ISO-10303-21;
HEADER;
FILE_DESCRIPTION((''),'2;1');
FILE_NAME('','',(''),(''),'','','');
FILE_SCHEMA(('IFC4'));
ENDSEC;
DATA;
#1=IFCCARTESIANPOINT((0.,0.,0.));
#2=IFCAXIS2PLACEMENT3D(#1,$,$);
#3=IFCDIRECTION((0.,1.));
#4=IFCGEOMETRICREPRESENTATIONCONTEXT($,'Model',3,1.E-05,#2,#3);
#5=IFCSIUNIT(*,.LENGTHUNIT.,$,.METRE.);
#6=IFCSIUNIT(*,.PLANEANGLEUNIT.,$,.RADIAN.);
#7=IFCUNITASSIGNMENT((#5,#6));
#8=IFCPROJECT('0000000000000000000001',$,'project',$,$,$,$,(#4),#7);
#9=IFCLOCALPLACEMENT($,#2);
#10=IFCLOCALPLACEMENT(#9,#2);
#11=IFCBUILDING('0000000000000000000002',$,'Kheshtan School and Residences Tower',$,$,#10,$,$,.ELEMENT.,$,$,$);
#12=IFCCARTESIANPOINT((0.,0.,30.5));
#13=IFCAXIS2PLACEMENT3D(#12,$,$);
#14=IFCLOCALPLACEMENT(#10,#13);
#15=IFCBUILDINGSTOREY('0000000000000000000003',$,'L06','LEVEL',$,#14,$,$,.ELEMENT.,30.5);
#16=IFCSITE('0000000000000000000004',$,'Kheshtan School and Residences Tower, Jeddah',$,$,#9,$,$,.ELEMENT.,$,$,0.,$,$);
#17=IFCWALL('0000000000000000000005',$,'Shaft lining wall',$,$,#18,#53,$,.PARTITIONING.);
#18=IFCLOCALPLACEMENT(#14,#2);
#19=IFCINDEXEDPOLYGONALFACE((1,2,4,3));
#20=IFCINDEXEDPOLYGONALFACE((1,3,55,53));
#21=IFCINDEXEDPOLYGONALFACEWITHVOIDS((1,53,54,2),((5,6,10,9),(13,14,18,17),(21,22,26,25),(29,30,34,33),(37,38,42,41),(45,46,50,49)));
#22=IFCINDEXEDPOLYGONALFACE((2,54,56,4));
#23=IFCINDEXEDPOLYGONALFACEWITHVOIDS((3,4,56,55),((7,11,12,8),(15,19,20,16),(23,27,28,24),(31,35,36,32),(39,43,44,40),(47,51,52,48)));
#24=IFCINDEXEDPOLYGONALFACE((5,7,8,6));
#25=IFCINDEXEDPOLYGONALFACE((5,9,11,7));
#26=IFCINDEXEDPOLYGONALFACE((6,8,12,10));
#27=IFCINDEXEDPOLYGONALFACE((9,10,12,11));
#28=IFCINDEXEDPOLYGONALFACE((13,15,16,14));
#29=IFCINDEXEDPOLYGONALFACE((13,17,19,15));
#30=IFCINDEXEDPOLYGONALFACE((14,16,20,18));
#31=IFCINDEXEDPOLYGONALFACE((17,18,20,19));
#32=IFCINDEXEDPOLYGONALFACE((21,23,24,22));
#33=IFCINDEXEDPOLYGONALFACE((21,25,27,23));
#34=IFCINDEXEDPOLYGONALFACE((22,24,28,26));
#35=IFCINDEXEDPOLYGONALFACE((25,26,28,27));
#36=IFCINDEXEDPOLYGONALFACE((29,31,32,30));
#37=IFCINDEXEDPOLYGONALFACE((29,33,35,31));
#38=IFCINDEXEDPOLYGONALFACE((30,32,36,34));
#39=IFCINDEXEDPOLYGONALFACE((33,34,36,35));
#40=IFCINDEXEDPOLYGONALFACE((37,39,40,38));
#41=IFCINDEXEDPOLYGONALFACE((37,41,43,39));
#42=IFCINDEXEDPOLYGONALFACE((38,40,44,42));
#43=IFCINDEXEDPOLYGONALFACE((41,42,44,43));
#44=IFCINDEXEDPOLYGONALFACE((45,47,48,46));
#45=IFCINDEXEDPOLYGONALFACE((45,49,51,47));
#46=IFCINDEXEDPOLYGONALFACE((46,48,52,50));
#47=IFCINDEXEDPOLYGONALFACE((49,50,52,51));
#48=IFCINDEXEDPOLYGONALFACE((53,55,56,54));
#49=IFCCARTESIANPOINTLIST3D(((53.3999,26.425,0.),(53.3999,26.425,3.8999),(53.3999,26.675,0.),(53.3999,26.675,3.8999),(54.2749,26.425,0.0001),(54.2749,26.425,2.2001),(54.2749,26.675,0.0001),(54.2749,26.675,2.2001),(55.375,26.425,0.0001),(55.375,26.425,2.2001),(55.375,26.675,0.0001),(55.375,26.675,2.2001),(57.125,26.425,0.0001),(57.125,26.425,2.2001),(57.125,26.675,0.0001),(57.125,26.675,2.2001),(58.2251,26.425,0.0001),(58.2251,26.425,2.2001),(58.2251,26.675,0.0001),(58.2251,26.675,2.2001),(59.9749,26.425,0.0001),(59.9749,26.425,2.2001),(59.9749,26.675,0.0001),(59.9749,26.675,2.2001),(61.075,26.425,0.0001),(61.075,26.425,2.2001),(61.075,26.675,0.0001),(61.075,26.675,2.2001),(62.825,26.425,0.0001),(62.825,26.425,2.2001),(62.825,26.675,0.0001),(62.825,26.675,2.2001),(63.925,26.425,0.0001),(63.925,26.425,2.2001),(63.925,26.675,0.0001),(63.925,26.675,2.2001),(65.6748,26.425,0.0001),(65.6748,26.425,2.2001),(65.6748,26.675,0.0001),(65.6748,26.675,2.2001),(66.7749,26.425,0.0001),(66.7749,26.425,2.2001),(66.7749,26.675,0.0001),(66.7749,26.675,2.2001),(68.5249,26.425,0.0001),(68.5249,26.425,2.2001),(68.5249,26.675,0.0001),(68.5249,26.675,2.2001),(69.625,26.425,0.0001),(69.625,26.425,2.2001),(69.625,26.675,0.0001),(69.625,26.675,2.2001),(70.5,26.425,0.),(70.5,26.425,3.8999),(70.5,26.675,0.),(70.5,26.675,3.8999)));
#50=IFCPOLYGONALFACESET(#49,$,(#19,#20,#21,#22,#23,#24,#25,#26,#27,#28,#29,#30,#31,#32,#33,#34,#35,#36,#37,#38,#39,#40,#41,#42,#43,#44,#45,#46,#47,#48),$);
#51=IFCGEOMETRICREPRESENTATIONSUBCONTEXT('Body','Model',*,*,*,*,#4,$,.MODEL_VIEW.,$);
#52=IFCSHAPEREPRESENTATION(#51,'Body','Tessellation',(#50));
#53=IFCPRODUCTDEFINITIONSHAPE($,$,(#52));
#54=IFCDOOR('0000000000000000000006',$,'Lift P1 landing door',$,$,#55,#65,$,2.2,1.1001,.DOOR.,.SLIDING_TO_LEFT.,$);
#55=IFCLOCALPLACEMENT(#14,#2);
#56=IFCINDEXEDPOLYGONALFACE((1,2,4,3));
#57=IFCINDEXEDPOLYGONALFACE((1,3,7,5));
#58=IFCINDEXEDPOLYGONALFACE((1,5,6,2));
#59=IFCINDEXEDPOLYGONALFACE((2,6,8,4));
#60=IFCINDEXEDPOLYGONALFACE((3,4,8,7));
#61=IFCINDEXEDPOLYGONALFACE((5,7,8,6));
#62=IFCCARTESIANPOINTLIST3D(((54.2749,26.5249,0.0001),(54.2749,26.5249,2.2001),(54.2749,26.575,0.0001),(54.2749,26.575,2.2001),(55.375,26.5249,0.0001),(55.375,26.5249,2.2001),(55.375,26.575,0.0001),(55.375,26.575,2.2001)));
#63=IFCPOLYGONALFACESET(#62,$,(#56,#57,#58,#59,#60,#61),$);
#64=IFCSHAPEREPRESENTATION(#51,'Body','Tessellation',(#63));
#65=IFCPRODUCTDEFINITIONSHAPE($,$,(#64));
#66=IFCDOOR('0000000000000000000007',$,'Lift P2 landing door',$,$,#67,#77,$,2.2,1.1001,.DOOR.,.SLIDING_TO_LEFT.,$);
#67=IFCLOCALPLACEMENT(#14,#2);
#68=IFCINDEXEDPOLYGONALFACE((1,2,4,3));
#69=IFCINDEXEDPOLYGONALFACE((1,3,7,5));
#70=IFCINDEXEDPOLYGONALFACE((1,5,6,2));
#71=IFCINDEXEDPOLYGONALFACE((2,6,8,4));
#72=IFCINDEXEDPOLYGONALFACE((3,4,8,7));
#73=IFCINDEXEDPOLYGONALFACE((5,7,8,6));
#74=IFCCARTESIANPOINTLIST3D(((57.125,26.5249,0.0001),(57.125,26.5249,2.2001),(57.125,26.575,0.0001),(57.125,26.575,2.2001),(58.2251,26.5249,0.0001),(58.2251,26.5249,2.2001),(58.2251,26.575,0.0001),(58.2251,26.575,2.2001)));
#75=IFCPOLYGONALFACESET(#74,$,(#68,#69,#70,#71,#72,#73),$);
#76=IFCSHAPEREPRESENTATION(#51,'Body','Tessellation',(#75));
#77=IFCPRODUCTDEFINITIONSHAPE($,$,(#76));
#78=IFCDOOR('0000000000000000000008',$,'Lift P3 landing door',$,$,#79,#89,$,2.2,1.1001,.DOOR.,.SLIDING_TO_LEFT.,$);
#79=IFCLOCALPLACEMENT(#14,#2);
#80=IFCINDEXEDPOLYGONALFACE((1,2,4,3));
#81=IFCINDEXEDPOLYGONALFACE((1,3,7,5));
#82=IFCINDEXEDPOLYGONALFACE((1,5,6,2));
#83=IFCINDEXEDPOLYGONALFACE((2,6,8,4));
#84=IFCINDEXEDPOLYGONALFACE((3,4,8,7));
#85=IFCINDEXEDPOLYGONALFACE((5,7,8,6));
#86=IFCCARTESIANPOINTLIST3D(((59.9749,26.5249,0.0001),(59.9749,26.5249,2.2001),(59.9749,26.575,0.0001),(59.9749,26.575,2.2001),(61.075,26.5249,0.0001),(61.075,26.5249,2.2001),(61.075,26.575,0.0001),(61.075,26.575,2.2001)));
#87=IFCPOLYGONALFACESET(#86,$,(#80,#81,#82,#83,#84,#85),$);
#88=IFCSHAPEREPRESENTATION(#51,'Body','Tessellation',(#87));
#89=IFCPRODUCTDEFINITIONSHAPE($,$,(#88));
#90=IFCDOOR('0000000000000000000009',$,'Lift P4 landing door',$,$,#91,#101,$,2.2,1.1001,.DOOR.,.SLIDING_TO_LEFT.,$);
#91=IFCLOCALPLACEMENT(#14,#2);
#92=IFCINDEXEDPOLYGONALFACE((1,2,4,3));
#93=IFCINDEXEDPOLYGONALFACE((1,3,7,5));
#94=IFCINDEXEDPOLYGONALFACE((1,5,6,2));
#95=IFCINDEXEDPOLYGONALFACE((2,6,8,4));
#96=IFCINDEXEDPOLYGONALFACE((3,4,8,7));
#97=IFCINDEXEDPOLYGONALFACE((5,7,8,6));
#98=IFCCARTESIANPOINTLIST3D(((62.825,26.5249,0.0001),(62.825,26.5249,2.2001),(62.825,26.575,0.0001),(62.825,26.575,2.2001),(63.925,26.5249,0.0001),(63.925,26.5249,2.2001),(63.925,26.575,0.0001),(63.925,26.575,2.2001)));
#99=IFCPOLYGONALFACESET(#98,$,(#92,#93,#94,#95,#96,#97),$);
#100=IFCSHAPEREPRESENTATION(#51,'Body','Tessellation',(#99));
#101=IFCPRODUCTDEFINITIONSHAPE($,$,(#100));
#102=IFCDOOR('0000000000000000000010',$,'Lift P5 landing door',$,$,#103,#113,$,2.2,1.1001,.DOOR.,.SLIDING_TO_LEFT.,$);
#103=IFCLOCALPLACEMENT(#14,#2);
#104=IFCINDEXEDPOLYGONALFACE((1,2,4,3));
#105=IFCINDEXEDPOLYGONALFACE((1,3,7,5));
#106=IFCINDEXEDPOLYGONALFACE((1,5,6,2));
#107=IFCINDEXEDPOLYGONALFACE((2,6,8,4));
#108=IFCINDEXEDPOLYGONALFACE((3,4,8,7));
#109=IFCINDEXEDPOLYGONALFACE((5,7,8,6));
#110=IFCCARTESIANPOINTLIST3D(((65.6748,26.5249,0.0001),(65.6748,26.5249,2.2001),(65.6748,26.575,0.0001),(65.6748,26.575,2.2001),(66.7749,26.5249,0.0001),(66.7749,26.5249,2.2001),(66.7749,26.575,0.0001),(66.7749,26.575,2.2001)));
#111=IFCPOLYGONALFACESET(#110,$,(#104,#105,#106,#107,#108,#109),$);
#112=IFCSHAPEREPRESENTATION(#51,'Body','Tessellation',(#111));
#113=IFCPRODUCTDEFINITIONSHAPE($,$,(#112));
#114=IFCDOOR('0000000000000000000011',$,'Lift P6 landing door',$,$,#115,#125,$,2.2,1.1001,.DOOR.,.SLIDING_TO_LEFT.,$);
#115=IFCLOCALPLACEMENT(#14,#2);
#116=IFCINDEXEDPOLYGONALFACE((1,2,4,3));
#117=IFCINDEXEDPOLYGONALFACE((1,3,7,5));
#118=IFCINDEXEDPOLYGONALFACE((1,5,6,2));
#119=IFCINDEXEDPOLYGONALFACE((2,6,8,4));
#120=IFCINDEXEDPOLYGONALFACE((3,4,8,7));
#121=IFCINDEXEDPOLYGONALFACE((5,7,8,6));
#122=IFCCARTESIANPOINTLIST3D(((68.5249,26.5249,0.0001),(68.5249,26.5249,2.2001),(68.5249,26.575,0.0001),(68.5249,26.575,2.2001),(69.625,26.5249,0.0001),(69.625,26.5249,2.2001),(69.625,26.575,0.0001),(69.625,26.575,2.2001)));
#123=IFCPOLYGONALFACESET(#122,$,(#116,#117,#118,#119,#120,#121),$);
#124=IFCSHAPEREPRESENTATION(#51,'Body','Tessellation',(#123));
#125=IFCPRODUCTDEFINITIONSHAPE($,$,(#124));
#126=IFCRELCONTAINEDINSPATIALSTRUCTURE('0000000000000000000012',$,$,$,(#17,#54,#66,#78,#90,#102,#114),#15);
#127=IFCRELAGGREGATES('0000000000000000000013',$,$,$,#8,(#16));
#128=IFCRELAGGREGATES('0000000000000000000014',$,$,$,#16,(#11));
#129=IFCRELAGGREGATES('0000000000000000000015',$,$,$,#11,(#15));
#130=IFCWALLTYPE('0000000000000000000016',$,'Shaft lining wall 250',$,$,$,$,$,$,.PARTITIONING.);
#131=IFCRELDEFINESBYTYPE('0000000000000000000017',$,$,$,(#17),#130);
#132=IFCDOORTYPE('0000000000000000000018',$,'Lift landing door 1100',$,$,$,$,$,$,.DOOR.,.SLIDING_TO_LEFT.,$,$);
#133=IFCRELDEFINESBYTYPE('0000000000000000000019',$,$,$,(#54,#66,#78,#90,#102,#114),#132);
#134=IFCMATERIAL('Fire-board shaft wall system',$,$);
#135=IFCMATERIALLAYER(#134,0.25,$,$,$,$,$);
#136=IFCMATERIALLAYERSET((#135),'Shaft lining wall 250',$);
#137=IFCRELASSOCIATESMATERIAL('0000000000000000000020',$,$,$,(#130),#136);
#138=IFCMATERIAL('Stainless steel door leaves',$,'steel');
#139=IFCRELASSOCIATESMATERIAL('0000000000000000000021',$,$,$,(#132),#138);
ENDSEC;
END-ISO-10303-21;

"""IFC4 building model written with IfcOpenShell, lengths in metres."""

from ifc_helpers import new_model, si_unit, direction, frame, frame_2d, origin, place, context, subcontext, project, spatial, rectangle, extrude, source, transform, mapped, material, layer, layer_set, type_object, element, fill, save


model = new_model("IFC4")

# Units and contexts
model_context = context("Model", 3, precision=1e-05, world=origin(), true_north=direction((0.0, 1.0)))
body_context = subcontext(model_context, "Body", "Model", "MODEL_VIEW")
ifc_project = project(units=[si_unit("LENGTHUNIT", "METRE"), si_unit("PLANEANGLEUNIT", "RADIAN")], contexts=[model_context])

# Site, building, storey
site_placement = place(None, origin())
site = spatial("IfcSite", under=ifc_project, at=site_placement, Name="Kheshtan School and Residences Tower, Jeddah", CompositionType="ELEMENT", RefElevation=0.0)
building_placement = place(site_placement, origin())
building = spatial("IfcBuilding", under=site, at=building_placement, Name="Kheshtan School and Residences Tower", CompositionType="ELEMENT")
storey_placement = place(building_placement, frame((0.0, 0.0, 30.5)))
storey = spatial("IfcBuildingStorey", under=building, at=storey_placement, Name="L06", Description="LEVEL", CompositionType="ELEMENT", Elevation=30.5)

# Shared definitions
ifc_material_1 = material(Name="Fire-board shaft wall system")
ifc_layer_1 = layer(ifc_material_1, 0.25)
ifc_layer_set_1 = layer_set([ifc_layer_1], Name="Shaft lining wall 250")
wall_type_1 = type_object("IfcWallType", Name="Shaft lining wall 250", PredefinedType="PARTITIONING", material=ifc_layer_set_1)

# Wall, openings, doors
wall_1_placement = place(storey_placement, frame((53.3999, 26.55, 0.0), z_axis=(0.0, 0.0, 1.0), x_axis=(1.0, 0.0, 0.0)))
wall_1 = element("IfcWall", 1, at=wall_1_placement, inside=storey, type_object=wall_type_1, Name="Shaft lining wall", PredefinedType="PARTITIONING", context=body_context, shape_type="SweptSolid", body=[
    extrude(rectangle(XDim=17.1001, YDim=0.25, at=frame_2d((8.55, 0.0))), origin(), (0.0, 0.0, 1.0), 3.8999),
])
opening_1_placement = place(wall_1_placement, frame((0.875, 0.0, 0.0)))
opening_1 = element("IfcOpeningElement", 2, at=opening_1_placement, cuts=wall_1, PredefinedType="OPENING", context=body_context, shape_type="SweptSolid", body=[
    extrude(rectangle(XDim=1.1001, YDim=2.2, at=frame_2d((0.55, 1.1001))), frame((0.0, 0.135, 0.0), z_axis=(0.0, -1.0, 0.0), x_axis=(1.0, 0.0, 0.0)), (0.0, 0.0, 1.0), 0.27),
])
opening_2_placement = place(wall_1_placement, frame((3.7251, 0.0, 0.0)))
opening_2 = element("IfcOpeningElement", 3, at=opening_2_placement, cuts=wall_1, PredefinedType="OPENING", context=body_context, shape_type="SweptSolid", body=[
    extrude(rectangle(XDim=1.1001, YDim=2.2, at=frame_2d((0.55, 1.1001))), frame((0.0, 0.135, 0.0), z_axis=(0.0, -1.0, 0.0), x_axis=(1.0, 0.0, 0.0)), (0.0, 0.0, 1.0), 0.27),
])
opening_3_placement = place(wall_1_placement, frame((6.575, 0.0, 0.0)))
opening_3 = element("IfcOpeningElement", 4, at=opening_3_placement, cuts=wall_1, PredefinedType="OPENING", context=body_context, shape_type="SweptSolid", body=[
    extrude(rectangle(XDim=1.1001, YDim=2.2, at=frame_2d((0.55, 1.1001))), frame((0.0, 0.135, 0.0), z_axis=(0.0, -1.0, 0.0), x_axis=(1.0, 0.0, 0.0)), (0.0, 0.0, 1.0), 0.27),
])
opening_4_placement = place(wall_1_placement, frame((9.425, 0.0, 0.0)))
opening_4 = element("IfcOpeningElement", 5, at=opening_4_placement, cuts=wall_1, PredefinedType="OPENING", context=body_context, shape_type="SweptSolid", body=[
    extrude(rectangle(XDim=1.1001, YDim=2.2, at=frame_2d((0.55, 1.1001))), frame((0.0, 0.135, 0.0), z_axis=(0.0, -1.0, 0.0), x_axis=(1.0, 0.0, 0.0)), (0.0, 0.0, 1.0), 0.27),
])
opening_5_placement = place(wall_1_placement, frame((12.2749, 0.0, 0.0)))
opening_5 = element("IfcOpeningElement", 6, at=opening_5_placement, cuts=wall_1, PredefinedType="OPENING", context=body_context, shape_type="SweptSolid", body=[
    extrude(rectangle(XDim=1.1001, YDim=2.2, at=frame_2d((0.55, 1.1001))), frame((0.0, 0.135, 0.0), z_axis=(0.0, -1.0, 0.0), x_axis=(1.0, 0.0, 0.0)), (0.0, 0.0, 1.0), 0.27),
])
opening_6_placement = place(wall_1_placement, frame((15.125, 0.0, 0.0)))
opening_6 = element("IfcOpeningElement", 7, at=opening_6_placement, cuts=wall_1, PredefinedType="OPENING", context=body_context, shape_type="SweptSolid", body=[
    extrude(rectangle(XDim=1.1001, YDim=2.2, at=frame_2d((0.55, 1.1001))), frame((0.0, 0.135, 0.0), z_axis=(0.0, -1.0, 0.0), x_axis=(1.0, 0.0, 0.0)), (0.0, 0.0, 1.0), 0.27),
])
ifc_material_2 = material(Name="Stainless steel door leaves", Category="steel")
door_type_1 = type_object("IfcDoorType", Name="Lift landing door 1100", OperationType="SLIDING_TO_LEFT", PredefinedType="DOOR", material=ifc_material_2)
shared_shape_1 = source(origin(), body_context, "Body", "SweptSolid", [
    extrude(rectangle(XDim=1.1001, YDim=2.2, at=frame_2d((0.55, 1.1001))), frame((0.0, 0.0249, 0.0), z_axis=(0.0, -1.0, 0.0), x_axis=(1.0, 0.0, 0.0)), (0.0, 0.0, 1.0), 0.05),
])
door_1_placement = place(opening_1_placement, origin())
door_1 = element("IfcDoor", 8, at=door_1_placement, inside=storey, type_object=door_type_1, Name="Lift P1 landing door", OperationType="SLIDING_TO_LEFT", OverallHeight=2.2, OverallWidth=1.1001, PredefinedType="DOOR", context=body_context, shape_type="MappedRepresentation", body=[
    mapped(shared_shape_1, transform((0.0, 0.0, 0.0), x_axis=(1.0, 0.0, 0.0), y_axis=(0.0, 1.0, 0.0), z_axis=(0.0, 0.0, 1.0), scale=1.0)),
])
fill(opening_1, door_1)
door_2_placement = place(opening_2_placement, origin())
door_2 = element("IfcDoor", 9, at=door_2_placement, inside=storey, type_object=door_type_1, Name="Lift P2 landing door", OperationType="SLIDING_TO_LEFT", OverallHeight=2.2, OverallWidth=1.1001, PredefinedType="DOOR", context=body_context, shape_type="MappedRepresentation", body=[
    mapped(shared_shape_1, transform((0.0, 0.0, 0.0), x_axis=(1.0, 0.0, 0.0), y_axis=(0.0, 1.0, 0.0), z_axis=(0.0, 0.0, 1.0), scale=1.0)),
])
fill(opening_2, door_2)
door_3_placement = place(opening_3_placement, origin())
door_3 = element("IfcDoor", 10, at=door_3_placement, inside=storey, type_object=door_type_1, Name="Lift P3 landing door", OperationType="SLIDING_TO_LEFT", OverallHeight=2.2, OverallWidth=1.1001, PredefinedType="DOOR", context=body_context, shape_type="MappedRepresentation", body=[
    mapped(shared_shape_1, transform((0.0, 0.0, 0.0), x_axis=(1.0, 0.0, 0.0), y_axis=(0.0, 1.0, 0.0), z_axis=(0.0, 0.0, 1.0), scale=1.0)),
])
fill(opening_3, door_3)
door_4_placement = place(opening_4_placement, origin())
door_4 = element("IfcDoor", 11, at=door_4_placement, inside=storey, type_object=door_type_1, Name="Lift P4 landing door", OperationType="SLIDING_TO_LEFT", OverallHeight=2.2, OverallWidth=1.1001, PredefinedType="DOOR", context=body_context, shape_type="MappedRepresentation", body=[
    mapped(shared_shape_1, transform((0.0, 0.0, 0.0), x_axis=(1.0, 0.0, 0.0), y_axis=(0.0, 1.0, 0.0), z_axis=(0.0, 0.0, 1.0), scale=1.0)),
])
fill(opening_4, door_4)
door_5_placement = place(opening_5_placement, origin())
door_5 = element("IfcDoor", 12, at=door_5_placement, inside=storey, type_object=door_type_1, Name="Lift P5 landing door", OperationType="SLIDING_TO_LEFT", OverallHeight=2.2, OverallWidth=1.1001, PredefinedType="DOOR", context=body_context, shape_type="MappedRepresentation", body=[
    mapped(shared_shape_1, transform((0.0, 0.0, 0.0), x_axis=(1.0, 0.0, 0.0), y_axis=(0.0, 1.0, 0.0), z_axis=(0.0, 0.0, 1.0), scale=1.0)),
])
fill(opening_5, door_5)
door_6_placement = place(opening_6_placement, origin())
door_6 = element("IfcDoor", 13, at=door_6_placement, inside=storey, type_object=door_type_1, Name="Lift P6 landing door", OperationType="SLIDING_TO_LEFT", OverallHeight=2.2, OverallWidth=1.1001, PredefinedType="DOOR", context=body_context, shape_type="MappedRepresentation", body=[
    mapped(shared_shape_1, transform((0.0, 0.0, 0.0), x_axis=(1.0, 0.0, 0.0), y_axis=(0.0, 1.0, 0.0), z_axis=(0.0, 0.0, 1.0), scale=1.0)),
])
fill(opening_6, door_6)

save(model, "model.ifc")
